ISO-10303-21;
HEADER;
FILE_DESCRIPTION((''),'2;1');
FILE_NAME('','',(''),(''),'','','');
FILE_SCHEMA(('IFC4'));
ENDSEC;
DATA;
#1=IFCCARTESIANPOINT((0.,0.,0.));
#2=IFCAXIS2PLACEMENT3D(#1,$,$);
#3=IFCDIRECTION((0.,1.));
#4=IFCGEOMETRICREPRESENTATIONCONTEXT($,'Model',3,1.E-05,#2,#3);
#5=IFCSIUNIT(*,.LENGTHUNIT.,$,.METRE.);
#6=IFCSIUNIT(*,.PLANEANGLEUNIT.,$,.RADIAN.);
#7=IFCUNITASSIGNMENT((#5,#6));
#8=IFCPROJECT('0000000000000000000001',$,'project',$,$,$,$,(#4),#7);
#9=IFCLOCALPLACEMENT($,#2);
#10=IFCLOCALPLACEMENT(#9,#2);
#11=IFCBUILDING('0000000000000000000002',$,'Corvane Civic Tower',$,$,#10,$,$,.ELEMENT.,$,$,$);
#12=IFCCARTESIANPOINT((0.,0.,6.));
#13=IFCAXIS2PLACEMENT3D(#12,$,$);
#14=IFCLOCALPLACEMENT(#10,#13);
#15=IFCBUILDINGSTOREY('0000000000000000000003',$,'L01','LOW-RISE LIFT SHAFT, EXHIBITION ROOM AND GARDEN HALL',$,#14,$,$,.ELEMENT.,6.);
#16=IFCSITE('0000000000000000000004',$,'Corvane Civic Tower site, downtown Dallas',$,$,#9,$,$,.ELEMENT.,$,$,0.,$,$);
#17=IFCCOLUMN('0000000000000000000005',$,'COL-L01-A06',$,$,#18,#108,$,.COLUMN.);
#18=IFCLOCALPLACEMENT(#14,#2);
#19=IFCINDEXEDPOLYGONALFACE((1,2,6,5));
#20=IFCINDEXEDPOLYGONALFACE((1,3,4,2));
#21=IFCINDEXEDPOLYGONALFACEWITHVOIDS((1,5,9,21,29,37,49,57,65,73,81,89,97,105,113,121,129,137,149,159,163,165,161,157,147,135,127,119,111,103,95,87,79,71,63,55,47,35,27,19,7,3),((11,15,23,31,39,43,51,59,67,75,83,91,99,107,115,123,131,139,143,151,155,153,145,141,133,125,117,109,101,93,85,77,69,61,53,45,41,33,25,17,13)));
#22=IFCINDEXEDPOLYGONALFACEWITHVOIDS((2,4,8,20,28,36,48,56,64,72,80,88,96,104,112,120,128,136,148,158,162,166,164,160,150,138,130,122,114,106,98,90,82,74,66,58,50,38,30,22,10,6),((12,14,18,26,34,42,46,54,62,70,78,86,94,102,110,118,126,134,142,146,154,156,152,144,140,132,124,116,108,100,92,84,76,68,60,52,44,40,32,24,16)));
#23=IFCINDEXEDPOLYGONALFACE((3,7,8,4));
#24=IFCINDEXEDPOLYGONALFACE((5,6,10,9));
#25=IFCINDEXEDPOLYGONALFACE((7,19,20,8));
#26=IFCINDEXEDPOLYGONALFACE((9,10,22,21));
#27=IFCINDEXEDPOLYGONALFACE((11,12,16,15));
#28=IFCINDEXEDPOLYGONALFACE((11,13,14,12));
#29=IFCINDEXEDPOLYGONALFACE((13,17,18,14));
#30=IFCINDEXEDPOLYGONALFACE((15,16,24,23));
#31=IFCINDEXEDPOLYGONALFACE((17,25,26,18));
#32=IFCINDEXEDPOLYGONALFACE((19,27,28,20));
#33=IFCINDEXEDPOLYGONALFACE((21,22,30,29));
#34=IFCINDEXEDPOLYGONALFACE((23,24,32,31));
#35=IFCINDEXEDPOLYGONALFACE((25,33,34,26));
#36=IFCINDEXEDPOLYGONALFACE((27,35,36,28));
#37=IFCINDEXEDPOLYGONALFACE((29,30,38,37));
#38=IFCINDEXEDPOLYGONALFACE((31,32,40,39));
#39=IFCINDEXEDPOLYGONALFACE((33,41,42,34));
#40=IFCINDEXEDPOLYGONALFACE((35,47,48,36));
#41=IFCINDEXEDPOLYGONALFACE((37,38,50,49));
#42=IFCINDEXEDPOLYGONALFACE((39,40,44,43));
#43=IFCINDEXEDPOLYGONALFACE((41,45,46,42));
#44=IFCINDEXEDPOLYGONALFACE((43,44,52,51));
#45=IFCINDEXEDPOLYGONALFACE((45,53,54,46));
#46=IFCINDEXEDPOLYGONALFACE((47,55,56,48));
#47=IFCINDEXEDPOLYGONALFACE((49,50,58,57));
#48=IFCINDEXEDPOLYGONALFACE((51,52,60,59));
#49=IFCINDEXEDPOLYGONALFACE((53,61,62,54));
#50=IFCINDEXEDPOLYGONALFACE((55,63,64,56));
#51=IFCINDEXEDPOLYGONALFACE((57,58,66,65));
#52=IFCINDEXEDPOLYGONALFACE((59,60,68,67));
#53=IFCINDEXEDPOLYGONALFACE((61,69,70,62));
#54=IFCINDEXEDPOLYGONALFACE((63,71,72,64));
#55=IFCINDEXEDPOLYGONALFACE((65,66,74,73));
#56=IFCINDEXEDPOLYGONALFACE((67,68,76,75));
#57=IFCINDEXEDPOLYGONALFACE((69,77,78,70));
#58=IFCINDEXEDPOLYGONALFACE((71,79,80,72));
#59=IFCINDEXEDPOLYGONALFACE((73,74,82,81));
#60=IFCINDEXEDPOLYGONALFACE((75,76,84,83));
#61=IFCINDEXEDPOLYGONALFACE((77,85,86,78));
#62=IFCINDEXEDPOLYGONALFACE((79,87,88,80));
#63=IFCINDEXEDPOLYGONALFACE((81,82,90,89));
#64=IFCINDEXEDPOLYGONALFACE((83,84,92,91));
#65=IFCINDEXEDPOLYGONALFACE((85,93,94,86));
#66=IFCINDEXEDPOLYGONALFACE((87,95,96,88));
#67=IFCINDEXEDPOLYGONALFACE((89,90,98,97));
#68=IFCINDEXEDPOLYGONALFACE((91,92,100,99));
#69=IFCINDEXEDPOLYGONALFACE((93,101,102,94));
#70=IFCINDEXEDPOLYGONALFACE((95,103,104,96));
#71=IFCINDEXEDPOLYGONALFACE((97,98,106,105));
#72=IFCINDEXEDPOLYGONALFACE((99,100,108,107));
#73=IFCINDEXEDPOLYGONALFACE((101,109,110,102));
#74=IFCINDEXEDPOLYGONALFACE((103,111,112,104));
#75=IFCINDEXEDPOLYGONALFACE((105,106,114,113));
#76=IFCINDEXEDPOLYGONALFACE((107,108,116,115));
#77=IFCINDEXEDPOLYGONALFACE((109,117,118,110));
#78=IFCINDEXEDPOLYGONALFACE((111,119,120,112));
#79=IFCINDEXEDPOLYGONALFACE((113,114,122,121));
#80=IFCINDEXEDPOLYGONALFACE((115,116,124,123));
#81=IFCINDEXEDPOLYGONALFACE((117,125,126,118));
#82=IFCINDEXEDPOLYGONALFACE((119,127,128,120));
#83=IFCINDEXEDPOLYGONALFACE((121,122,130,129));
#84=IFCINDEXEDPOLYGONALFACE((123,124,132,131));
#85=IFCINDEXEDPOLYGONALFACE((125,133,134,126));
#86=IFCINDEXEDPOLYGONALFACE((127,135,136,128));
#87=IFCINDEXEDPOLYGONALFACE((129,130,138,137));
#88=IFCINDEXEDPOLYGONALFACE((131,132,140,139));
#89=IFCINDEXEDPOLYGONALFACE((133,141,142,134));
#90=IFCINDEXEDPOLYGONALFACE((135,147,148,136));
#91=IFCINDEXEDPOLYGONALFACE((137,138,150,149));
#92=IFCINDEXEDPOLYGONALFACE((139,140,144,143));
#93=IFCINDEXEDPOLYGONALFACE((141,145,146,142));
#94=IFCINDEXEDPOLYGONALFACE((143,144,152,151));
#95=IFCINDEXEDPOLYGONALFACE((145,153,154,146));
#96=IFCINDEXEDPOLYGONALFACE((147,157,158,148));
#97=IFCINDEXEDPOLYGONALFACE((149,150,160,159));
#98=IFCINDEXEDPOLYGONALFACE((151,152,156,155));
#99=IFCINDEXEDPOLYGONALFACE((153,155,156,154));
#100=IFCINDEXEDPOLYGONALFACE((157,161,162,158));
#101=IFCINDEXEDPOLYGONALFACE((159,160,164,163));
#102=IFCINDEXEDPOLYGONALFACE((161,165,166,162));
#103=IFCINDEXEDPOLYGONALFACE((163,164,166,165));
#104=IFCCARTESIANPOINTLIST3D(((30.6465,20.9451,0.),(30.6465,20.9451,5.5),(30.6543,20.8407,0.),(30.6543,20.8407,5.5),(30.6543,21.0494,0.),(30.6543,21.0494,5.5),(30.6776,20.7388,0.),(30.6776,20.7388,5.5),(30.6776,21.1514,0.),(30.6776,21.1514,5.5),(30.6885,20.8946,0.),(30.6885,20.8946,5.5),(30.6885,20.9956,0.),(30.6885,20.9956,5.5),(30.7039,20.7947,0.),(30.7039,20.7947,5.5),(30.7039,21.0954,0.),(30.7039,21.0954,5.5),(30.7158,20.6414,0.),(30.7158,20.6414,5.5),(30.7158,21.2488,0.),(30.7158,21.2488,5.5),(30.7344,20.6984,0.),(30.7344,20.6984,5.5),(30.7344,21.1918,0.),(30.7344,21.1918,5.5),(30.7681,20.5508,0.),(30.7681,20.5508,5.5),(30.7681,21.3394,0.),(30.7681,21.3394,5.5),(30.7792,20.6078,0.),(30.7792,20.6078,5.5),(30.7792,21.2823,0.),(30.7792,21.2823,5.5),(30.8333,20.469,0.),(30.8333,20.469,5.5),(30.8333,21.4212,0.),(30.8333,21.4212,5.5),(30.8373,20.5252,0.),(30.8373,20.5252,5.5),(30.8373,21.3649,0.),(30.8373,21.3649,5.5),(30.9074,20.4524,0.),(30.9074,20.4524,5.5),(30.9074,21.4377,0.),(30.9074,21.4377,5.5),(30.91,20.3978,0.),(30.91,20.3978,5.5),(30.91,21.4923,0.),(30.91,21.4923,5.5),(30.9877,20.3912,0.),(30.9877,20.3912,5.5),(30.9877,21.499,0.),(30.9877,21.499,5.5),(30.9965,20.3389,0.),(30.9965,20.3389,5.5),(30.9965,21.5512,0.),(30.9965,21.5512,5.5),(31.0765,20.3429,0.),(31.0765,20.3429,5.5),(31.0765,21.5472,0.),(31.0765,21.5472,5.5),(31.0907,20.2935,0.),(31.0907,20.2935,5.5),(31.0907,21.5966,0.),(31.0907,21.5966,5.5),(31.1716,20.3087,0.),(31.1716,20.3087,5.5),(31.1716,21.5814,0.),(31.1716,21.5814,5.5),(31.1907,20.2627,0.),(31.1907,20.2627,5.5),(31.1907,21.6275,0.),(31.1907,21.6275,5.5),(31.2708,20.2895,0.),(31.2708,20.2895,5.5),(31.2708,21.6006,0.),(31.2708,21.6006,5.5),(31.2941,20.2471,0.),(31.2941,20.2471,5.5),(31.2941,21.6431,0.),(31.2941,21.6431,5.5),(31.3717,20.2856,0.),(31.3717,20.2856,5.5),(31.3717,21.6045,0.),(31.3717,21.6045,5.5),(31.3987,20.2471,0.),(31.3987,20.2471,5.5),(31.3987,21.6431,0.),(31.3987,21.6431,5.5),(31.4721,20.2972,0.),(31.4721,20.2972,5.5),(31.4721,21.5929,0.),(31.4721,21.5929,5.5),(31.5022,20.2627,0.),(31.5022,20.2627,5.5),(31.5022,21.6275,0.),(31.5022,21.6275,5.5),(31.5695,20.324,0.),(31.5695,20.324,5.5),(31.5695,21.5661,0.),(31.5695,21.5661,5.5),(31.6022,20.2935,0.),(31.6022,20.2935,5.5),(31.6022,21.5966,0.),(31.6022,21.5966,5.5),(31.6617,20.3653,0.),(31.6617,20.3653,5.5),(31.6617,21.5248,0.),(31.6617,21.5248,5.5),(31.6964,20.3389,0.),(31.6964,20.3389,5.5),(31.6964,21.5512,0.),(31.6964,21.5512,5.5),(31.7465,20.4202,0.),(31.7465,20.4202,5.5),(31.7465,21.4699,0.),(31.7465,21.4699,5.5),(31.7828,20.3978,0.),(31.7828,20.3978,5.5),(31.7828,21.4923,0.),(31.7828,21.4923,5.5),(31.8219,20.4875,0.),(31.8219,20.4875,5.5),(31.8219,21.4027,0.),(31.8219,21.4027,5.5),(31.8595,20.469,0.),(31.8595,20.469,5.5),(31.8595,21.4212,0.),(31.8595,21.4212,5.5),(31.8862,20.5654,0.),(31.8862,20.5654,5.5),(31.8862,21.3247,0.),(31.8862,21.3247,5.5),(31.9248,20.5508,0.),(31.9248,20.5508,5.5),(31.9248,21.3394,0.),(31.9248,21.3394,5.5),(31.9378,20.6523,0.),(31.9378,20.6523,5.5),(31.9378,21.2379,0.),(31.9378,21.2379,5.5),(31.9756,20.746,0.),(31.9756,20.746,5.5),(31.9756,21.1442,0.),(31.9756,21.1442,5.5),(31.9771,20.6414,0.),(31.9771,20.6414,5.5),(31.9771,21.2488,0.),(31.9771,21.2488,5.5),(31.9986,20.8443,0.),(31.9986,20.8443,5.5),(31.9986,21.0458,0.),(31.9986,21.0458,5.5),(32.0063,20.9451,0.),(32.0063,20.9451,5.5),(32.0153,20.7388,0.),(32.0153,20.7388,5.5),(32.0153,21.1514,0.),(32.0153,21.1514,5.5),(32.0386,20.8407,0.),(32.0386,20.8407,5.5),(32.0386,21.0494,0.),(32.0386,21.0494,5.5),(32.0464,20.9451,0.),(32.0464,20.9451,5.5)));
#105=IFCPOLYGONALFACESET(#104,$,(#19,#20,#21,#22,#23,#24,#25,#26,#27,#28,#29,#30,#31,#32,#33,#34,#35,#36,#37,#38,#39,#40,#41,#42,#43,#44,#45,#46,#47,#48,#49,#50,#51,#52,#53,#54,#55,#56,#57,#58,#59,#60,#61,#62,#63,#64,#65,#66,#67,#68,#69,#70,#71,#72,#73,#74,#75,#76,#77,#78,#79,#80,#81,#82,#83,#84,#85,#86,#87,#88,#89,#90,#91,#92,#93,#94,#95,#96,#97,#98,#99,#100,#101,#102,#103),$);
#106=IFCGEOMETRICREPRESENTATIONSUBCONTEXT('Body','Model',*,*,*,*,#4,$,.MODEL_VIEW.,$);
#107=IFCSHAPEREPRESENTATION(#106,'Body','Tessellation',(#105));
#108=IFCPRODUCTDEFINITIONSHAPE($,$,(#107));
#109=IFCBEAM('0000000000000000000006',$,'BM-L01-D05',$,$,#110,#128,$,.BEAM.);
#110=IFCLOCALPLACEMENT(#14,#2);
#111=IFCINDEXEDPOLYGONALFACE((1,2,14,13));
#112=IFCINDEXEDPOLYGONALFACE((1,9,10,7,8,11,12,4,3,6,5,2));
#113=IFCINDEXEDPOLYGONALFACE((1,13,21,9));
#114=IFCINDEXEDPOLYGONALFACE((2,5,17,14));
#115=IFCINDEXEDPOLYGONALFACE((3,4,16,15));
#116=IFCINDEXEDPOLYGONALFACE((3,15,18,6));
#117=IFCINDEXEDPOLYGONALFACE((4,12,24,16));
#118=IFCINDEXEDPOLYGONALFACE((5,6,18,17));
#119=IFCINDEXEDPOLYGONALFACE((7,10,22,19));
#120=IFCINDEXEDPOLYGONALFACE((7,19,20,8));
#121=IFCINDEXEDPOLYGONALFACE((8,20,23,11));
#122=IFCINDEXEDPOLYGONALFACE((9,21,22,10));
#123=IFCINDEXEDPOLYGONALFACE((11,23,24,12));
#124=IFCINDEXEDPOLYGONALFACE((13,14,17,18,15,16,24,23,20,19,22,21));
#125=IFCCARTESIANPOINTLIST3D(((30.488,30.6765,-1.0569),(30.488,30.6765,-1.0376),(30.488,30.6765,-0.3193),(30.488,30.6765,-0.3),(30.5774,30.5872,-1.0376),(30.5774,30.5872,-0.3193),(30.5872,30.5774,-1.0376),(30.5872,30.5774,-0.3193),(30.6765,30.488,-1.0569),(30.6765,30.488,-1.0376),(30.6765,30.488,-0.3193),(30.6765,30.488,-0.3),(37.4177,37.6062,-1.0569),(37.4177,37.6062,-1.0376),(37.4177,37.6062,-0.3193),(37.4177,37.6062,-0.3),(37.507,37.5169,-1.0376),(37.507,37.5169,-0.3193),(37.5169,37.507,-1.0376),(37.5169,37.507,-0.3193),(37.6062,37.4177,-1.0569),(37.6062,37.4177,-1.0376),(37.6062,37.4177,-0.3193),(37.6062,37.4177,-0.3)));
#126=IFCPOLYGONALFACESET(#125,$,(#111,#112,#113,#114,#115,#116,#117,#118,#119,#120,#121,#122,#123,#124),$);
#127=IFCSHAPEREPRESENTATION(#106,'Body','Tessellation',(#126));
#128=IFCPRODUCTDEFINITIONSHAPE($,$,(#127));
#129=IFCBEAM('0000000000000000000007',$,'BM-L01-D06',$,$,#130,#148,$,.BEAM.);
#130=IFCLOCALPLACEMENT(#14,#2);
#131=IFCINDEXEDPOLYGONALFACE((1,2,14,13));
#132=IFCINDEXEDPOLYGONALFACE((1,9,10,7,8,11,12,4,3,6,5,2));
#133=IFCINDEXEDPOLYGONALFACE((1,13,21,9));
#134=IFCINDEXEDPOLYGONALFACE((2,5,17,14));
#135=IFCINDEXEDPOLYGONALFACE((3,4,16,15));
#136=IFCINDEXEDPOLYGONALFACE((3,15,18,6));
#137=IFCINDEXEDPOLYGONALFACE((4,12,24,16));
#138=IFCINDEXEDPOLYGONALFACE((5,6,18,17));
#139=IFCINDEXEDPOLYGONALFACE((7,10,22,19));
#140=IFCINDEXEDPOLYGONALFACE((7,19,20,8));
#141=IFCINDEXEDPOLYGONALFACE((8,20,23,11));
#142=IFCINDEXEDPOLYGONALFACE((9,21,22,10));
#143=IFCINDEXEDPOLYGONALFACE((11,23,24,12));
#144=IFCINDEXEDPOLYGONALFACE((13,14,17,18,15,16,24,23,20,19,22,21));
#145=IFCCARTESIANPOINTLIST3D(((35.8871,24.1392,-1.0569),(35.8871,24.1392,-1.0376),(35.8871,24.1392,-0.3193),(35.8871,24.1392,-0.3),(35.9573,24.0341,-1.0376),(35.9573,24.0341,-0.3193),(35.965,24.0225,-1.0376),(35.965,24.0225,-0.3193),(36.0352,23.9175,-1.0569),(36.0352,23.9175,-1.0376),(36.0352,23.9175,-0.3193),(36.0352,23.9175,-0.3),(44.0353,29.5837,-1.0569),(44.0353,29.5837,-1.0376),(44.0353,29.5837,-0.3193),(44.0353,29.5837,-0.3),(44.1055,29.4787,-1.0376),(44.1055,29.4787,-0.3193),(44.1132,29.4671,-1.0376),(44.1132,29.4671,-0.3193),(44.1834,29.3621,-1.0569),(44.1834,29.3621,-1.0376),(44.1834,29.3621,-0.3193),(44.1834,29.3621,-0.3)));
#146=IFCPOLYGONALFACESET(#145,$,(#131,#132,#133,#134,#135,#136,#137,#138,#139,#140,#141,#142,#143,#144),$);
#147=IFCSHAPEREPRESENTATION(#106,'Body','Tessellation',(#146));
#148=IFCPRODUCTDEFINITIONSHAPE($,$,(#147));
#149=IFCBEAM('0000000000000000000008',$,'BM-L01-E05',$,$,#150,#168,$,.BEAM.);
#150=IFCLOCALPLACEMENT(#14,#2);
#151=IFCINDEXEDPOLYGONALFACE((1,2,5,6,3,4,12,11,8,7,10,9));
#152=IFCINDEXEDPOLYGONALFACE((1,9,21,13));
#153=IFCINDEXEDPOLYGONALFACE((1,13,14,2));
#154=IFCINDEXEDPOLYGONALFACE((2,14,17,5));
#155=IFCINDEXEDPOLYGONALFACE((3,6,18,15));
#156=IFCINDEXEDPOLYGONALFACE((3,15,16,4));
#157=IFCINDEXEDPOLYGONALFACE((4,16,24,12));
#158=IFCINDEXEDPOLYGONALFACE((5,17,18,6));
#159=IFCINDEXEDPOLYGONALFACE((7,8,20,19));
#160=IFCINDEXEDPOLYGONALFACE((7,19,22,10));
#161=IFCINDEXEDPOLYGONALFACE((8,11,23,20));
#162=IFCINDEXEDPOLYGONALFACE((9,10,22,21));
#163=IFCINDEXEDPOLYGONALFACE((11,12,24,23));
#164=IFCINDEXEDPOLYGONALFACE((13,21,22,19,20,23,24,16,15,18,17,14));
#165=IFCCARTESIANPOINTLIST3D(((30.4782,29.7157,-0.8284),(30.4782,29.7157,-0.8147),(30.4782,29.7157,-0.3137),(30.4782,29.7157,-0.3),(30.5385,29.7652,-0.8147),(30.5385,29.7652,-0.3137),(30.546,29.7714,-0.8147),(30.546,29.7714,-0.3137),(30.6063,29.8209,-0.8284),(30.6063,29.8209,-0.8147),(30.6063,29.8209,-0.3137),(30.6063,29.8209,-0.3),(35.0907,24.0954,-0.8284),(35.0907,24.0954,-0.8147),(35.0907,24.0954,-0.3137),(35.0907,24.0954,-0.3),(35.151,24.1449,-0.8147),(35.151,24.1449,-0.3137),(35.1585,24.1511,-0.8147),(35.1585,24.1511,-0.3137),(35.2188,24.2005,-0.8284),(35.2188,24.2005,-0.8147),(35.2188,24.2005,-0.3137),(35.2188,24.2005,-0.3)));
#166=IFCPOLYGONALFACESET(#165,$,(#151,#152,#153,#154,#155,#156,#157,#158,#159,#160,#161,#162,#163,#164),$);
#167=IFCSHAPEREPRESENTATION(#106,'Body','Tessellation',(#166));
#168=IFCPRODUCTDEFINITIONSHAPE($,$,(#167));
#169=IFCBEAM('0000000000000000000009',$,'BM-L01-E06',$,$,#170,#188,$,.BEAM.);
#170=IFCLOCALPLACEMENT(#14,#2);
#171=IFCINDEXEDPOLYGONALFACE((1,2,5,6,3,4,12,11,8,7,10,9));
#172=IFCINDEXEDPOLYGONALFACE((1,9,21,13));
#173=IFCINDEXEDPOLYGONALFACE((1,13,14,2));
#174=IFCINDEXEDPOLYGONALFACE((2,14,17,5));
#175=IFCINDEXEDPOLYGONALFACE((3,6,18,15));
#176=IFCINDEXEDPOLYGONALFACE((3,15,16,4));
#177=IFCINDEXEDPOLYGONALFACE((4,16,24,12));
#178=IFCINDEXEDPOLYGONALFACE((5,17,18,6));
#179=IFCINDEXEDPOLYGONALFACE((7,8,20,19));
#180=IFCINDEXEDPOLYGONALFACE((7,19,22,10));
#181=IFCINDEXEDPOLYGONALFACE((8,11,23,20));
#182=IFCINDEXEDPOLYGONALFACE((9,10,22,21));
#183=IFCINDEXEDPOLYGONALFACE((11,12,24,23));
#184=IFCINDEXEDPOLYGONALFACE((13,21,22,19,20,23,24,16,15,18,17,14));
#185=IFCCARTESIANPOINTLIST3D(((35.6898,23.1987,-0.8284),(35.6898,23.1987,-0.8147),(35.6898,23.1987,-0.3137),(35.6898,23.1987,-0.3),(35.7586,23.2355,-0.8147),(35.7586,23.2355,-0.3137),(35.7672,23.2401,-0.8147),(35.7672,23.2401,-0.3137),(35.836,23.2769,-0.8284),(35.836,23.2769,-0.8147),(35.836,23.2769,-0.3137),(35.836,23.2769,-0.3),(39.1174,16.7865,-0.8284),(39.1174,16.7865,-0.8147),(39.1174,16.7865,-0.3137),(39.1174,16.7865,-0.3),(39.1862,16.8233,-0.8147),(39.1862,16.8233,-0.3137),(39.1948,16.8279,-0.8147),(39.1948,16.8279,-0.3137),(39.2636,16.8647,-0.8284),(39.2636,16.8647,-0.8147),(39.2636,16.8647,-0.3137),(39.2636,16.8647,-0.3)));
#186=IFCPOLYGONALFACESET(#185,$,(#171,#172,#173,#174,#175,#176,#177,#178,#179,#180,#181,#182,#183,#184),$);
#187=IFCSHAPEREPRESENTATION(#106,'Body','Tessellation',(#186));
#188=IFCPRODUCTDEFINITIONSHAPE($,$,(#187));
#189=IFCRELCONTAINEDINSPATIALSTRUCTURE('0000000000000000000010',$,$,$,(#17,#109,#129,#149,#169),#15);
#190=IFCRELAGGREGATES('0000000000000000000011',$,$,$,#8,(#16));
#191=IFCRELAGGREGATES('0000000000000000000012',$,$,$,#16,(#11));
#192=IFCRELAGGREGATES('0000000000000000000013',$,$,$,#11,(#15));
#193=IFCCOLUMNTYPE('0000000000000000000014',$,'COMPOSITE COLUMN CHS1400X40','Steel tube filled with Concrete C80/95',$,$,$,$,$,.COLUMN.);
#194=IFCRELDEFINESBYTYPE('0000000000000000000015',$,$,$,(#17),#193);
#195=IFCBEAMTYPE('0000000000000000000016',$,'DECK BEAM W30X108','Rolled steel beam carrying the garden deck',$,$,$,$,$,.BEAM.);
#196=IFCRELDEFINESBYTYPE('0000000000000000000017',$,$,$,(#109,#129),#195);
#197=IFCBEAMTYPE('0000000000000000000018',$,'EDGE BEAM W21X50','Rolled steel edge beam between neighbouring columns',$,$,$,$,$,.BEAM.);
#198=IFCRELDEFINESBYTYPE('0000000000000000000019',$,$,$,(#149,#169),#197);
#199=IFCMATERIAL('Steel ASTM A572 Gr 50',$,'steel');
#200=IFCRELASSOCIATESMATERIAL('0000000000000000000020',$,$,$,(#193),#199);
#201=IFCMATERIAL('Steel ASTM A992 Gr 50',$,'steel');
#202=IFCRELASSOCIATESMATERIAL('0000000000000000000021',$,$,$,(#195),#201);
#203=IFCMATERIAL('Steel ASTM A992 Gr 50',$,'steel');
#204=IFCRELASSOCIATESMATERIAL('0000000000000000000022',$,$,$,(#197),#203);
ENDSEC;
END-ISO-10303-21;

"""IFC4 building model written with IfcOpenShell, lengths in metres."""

from ifc_helpers import new_model, si_unit, direction, frame, origin, origin_2d, place, context, subcontext, project, spatial, hollow_circle, i_section, extrude, material, material_profile, profile_set, type_object, element, save


model = new_model("IFC4")

# Units and contexts
model_context = context("Model", 3, precision=1e-05, world=origin(), true_north=direction((0.0, 1.0)))
body_context = subcontext(model_context, "Body", "Model", "MODEL_VIEW")
ifc_project = project(units=[si_unit("LENGTHUNIT", "METRE"), si_unit("PLANEANGLEUNIT", "RADIAN")], contexts=[model_context])

# Site, building, storey
site_placement = place(None, origin())
site = spatial("IfcSite", under=ifc_project, at=site_placement, Name="Corvane Civic Tower site, downtown Dallas", CompositionType="ELEMENT", RefElevation=0.0)
building_placement = place(site_placement, origin())
building = spatial("IfcBuilding", under=site, at=building_placement, Name="Corvane Civic Tower", CompositionType="ELEMENT")
storey_placement = place(building_placement, frame((0.0, 0.0, 6.0)))
storey = spatial("IfcBuildingStorey", under=building, at=storey_placement, Name="L01", Description="LOW-RISE LIFT SHAFT, EXHIBITION ROOM AND GARDEN HALL", CompositionType="ELEMENT", Elevation=6.0)

# Column
ifc_material_1 = material(Name="Steel ASTM A572 Gr 50", Category="steel")
ifc_material_profile_1 = material_profile(ifc_material_1, hollow_circle(Radius=0.7, WallThickness=0.04, at=origin_2d()), Name="CHS1400X40")
ifc_profile_set_1 = profile_set([ifc_material_profile_1], Name="Steel ASTM A572 Gr 50")
column_type_1 = type_object("IfcColumnType", Name="COMPOSITE COLUMN CHS1400X40", Description="Steel tube filled with Concrete C80/95", PredefinedType="COLUMN", material=ifc_profile_set_1)
column_placement = place(storey_placement, frame((31.3464, 20.9451, 0.0), z_axis=(0.0, 0.0, 1.0), x_axis=(1.0, 0.0, 0.0)))
element("IfcColumn", 1, at=column_placement, inside=storey, type_object=column_type_1, Name="COL-L01-A06", PredefinedType="COLUMN", context=body_context, shape_type="SweptSolid", body=[
    extrude(hollow_circle(Radius=0.7, WallThickness=0.04, at=origin_2d()), origin(), (0.0, 0.0, 1.0), 5.5),
])

# Beams
ifc_material_2 = material(Name="Steel ASTM A992 Gr 50", Category="steel")
ifc_material_profile_2 = material_profile(ifc_material_2, i_section(OverallWidth=0.2666, OverallDepth=0.7568, WebThickness=0.0139, FlangeThickness=0.0193, at=origin_2d()), Name="W30X108")
ifc_profile_set_2 = profile_set([ifc_material_profile_2], Name="Steel ASTM A992 Gr 50")
beam_type_1 = type_object("IfcBeamType", Name="DECK BEAM W30X108", Description="Rolled steel beam carrying the garden deck", PredefinedType="BEAM", material=ifc_profile_set_2)
beam_1_placement = place(storey_placement, frame((30.5823, 30.5823, -0.6785), z_axis=(0.707107, 0.707107, 0.0), x_axis=(-0.707107, 0.707107, 0.0)))
element("IfcBeam", 2, at=beam_1_placement, inside=storey, type_object=beam_type_1, Name="BM-L01-D05", PredefinedType="BEAM", context=body_context, shape_type="SweptSolid", body=[
    extrude(i_section(OverallWidth=0.2666, OverallDepth=0.7568, WebThickness=0.0139, FlangeThickness=0.0193, at=origin_2d()), origin(), (0.0, 0.0, 1.0), 9.8),
])
beam_2_placement = place(storey_placement, frame((35.9612, 24.0283, -0.6785), z_axis=(0.831463, 0.555579, 0.0), x_axis=(-0.555579, 0.831463, 0.0)))
element("IfcBeam", 3, at=beam_2_placement, inside=storey, type_object=beam_type_1, Name="BM-L01-D06", PredefinedType="BEAM", context=body_context, shape_type="SweptSolid", body=[
    extrude(i_section(OverallWidth=0.2666, OverallDepth=0.7568, WebThickness=0.0139, FlangeThickness=0.0193, at=origin_2d()), origin(), (0.0, 0.0, 1.0), 9.7998),
])
ifc_material_3 = material(Name="Steel ASTM A992 Gr 50", Category="steel")
ifc_material_profile_3 = material_profile(ifc_material_3, i_section(OverallWidth=0.1658, OverallDepth=0.5283, WebThickness=0.0098, FlangeThickness=0.0137, at=origin_2d()), Name="W21X50")
ifc_profile_set_3 = profile_set([ifc_material_profile_3], Name="Steel ASTM A992 Gr 50")
beam_type_2 = type_object("IfcBeamType", Name="EDGE BEAM W21X50", Description="Rolled steel edge beam between neighbouring columns", PredefinedType="BEAM", material=ifc_profile_set_3)
for number, where, z_axis, x_axis, name in (
    (4, (30.5422, 29.7683, -0.5642), (0.634396, -0.773008, 0.0), (0.773008, 0.634396, 0.0), "BM-L01-E05"),
    (5, (35.7629, 23.2378, -0.5642), (0.471412, -0.881913, 0.0), (0.881913, 0.471412, 0.0), "BM-L01-E06"),
):
    element("IfcBeam", number, at=place(storey_placement, frame(where, z_axis=z_axis, x_axis=x_axis)), inside=storey, type_object=beam_type_2, Name=name, PredefinedType="BEAM", context=body_context, shape_type="SweptSolid", body=[
        extrude(i_section(OverallWidth=0.1658, OverallDepth=0.5283, WebThickness=0.0098, FlangeThickness=0.0137, at=origin_2d()), origin(), (0.0, 0.0, 1.0), 7.2708),
    ])

save(model, "model.ifc")
